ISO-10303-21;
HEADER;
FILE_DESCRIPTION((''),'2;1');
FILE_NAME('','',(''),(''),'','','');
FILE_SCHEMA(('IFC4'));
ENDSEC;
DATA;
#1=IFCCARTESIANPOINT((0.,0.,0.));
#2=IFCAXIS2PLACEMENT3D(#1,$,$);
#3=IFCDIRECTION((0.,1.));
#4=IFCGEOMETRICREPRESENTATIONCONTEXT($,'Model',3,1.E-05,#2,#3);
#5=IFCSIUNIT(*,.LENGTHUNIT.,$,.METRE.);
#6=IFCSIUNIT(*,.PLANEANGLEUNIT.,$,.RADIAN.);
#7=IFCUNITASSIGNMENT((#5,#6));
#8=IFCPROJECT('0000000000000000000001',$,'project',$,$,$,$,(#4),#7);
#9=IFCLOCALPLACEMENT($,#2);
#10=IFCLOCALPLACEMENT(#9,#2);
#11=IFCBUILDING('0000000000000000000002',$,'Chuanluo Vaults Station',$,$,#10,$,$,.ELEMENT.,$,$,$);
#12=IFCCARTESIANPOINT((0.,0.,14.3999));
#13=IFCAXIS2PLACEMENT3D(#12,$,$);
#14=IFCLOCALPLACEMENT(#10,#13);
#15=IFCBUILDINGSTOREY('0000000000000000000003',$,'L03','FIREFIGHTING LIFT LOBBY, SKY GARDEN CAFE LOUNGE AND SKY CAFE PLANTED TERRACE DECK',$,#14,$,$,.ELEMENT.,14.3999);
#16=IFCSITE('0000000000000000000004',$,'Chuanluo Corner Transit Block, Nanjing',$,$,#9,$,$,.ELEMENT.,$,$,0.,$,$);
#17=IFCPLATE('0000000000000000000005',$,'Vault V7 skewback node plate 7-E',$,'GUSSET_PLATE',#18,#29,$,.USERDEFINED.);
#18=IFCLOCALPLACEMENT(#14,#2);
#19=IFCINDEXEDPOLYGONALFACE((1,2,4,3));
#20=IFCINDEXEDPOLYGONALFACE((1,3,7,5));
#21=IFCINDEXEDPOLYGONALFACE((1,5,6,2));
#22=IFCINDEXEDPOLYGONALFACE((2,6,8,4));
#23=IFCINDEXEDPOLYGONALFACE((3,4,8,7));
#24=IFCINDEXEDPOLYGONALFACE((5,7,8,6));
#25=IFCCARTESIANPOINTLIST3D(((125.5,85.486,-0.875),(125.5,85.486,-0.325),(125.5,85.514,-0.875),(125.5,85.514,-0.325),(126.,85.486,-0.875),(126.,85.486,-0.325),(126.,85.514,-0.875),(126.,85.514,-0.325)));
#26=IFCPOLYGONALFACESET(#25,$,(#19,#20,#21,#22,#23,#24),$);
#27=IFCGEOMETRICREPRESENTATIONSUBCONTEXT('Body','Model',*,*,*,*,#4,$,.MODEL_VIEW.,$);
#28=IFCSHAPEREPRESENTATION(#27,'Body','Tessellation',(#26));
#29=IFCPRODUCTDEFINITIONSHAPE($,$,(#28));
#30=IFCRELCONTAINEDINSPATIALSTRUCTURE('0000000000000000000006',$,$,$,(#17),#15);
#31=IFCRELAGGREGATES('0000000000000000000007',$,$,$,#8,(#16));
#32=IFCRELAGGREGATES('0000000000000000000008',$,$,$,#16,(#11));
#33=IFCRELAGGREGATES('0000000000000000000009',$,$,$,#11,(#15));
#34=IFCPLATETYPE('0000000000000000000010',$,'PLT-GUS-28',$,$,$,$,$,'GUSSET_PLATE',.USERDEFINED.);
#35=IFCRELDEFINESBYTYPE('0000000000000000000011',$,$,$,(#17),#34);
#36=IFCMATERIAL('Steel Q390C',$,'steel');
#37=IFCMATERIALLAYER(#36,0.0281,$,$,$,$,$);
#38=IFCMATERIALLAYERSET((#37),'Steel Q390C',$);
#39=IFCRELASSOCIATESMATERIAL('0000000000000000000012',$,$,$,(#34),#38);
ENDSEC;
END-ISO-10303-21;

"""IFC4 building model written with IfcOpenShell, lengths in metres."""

from ifc_helpers import new_model, si_unit, direction, frame, origin, origin_2d, place, context, subcontext, project, spatial, rectangle, extrude, material, layer, layer_set, type_object, element, save


model = new_model("IFC4")

# Units and contexts
model_context = context("Model", 3, precision=1e-05, world=origin(), true_north=direction((0.0, 1.0)))
body_context = subcontext(model_context, "Body", "Model", "MODEL_VIEW")
ifc_project = project(units=[si_unit("LENGTHUNIT", "METRE"), si_unit("PLANEANGLEUNIT", "RADIAN")], contexts=[model_context])

# Site, building, storey
site_placement = place(None, origin())
site = spatial("IfcSite", under=ifc_project, at=site_placement, Name="Chuanluo Corner Transit Block, Nanjing", CompositionType="ELEMENT", RefElevation=0.0)
building_placement = place(site_placement, origin())
building = spatial("IfcBuilding", under=site, at=building_placement, Name="Chuanluo Vaults Station", CompositionType="ELEMENT")
storey_placement = place(building_placement, frame((0.0, 0.0, 14.3999)))
storey = spatial("IfcBuildingStorey", under=building, at=storey_placement, Name="L03", Description="FIREFIGHTING LIFT LOBBY, SKY GARDEN CAFE LOUNGE AND SKY CAFE PLANTED TERRACE DECK", CompositionType="ELEMENT", Elevation=14.3999)

# Plate
ifc_material_1 = material(Name="Steel Q390C", Category="steel")
ifc_layer = layer(ifc_material_1, 0.0281)
ifc_layer_set = layer_set([ifc_layer], Name="Steel Q390C")
plate_type = type_object("IfcPlateType", Name="PLT-GUS-28", ElementType="GUSSET_PLATE", PredefinedType="USERDEFINED", material=ifc_layer_set)
plate_placement = place(storey_placement, frame((125.75, 85.5, -0.875), z_axis=(0.0, 0.0, 1.0), x_axis=(1.0, 0.0, 0.0)))
element("IfcPlate", 1, at=plate_placement, inside=storey, type_object=plate_type, Name="Vault V7 skewback node plate 7-E", ObjectType="GUSSET_PLATE", PredefinedType="USERDEFINED", context=body_context, shape_type="SweptSolid", body=[
    extrude(rectangle(XDim=0.5, YDim=0.0281, at=origin_2d()), origin(), (0.0, 0.0, 1.0), 0.55),
])

save(model, "model.ifc")
